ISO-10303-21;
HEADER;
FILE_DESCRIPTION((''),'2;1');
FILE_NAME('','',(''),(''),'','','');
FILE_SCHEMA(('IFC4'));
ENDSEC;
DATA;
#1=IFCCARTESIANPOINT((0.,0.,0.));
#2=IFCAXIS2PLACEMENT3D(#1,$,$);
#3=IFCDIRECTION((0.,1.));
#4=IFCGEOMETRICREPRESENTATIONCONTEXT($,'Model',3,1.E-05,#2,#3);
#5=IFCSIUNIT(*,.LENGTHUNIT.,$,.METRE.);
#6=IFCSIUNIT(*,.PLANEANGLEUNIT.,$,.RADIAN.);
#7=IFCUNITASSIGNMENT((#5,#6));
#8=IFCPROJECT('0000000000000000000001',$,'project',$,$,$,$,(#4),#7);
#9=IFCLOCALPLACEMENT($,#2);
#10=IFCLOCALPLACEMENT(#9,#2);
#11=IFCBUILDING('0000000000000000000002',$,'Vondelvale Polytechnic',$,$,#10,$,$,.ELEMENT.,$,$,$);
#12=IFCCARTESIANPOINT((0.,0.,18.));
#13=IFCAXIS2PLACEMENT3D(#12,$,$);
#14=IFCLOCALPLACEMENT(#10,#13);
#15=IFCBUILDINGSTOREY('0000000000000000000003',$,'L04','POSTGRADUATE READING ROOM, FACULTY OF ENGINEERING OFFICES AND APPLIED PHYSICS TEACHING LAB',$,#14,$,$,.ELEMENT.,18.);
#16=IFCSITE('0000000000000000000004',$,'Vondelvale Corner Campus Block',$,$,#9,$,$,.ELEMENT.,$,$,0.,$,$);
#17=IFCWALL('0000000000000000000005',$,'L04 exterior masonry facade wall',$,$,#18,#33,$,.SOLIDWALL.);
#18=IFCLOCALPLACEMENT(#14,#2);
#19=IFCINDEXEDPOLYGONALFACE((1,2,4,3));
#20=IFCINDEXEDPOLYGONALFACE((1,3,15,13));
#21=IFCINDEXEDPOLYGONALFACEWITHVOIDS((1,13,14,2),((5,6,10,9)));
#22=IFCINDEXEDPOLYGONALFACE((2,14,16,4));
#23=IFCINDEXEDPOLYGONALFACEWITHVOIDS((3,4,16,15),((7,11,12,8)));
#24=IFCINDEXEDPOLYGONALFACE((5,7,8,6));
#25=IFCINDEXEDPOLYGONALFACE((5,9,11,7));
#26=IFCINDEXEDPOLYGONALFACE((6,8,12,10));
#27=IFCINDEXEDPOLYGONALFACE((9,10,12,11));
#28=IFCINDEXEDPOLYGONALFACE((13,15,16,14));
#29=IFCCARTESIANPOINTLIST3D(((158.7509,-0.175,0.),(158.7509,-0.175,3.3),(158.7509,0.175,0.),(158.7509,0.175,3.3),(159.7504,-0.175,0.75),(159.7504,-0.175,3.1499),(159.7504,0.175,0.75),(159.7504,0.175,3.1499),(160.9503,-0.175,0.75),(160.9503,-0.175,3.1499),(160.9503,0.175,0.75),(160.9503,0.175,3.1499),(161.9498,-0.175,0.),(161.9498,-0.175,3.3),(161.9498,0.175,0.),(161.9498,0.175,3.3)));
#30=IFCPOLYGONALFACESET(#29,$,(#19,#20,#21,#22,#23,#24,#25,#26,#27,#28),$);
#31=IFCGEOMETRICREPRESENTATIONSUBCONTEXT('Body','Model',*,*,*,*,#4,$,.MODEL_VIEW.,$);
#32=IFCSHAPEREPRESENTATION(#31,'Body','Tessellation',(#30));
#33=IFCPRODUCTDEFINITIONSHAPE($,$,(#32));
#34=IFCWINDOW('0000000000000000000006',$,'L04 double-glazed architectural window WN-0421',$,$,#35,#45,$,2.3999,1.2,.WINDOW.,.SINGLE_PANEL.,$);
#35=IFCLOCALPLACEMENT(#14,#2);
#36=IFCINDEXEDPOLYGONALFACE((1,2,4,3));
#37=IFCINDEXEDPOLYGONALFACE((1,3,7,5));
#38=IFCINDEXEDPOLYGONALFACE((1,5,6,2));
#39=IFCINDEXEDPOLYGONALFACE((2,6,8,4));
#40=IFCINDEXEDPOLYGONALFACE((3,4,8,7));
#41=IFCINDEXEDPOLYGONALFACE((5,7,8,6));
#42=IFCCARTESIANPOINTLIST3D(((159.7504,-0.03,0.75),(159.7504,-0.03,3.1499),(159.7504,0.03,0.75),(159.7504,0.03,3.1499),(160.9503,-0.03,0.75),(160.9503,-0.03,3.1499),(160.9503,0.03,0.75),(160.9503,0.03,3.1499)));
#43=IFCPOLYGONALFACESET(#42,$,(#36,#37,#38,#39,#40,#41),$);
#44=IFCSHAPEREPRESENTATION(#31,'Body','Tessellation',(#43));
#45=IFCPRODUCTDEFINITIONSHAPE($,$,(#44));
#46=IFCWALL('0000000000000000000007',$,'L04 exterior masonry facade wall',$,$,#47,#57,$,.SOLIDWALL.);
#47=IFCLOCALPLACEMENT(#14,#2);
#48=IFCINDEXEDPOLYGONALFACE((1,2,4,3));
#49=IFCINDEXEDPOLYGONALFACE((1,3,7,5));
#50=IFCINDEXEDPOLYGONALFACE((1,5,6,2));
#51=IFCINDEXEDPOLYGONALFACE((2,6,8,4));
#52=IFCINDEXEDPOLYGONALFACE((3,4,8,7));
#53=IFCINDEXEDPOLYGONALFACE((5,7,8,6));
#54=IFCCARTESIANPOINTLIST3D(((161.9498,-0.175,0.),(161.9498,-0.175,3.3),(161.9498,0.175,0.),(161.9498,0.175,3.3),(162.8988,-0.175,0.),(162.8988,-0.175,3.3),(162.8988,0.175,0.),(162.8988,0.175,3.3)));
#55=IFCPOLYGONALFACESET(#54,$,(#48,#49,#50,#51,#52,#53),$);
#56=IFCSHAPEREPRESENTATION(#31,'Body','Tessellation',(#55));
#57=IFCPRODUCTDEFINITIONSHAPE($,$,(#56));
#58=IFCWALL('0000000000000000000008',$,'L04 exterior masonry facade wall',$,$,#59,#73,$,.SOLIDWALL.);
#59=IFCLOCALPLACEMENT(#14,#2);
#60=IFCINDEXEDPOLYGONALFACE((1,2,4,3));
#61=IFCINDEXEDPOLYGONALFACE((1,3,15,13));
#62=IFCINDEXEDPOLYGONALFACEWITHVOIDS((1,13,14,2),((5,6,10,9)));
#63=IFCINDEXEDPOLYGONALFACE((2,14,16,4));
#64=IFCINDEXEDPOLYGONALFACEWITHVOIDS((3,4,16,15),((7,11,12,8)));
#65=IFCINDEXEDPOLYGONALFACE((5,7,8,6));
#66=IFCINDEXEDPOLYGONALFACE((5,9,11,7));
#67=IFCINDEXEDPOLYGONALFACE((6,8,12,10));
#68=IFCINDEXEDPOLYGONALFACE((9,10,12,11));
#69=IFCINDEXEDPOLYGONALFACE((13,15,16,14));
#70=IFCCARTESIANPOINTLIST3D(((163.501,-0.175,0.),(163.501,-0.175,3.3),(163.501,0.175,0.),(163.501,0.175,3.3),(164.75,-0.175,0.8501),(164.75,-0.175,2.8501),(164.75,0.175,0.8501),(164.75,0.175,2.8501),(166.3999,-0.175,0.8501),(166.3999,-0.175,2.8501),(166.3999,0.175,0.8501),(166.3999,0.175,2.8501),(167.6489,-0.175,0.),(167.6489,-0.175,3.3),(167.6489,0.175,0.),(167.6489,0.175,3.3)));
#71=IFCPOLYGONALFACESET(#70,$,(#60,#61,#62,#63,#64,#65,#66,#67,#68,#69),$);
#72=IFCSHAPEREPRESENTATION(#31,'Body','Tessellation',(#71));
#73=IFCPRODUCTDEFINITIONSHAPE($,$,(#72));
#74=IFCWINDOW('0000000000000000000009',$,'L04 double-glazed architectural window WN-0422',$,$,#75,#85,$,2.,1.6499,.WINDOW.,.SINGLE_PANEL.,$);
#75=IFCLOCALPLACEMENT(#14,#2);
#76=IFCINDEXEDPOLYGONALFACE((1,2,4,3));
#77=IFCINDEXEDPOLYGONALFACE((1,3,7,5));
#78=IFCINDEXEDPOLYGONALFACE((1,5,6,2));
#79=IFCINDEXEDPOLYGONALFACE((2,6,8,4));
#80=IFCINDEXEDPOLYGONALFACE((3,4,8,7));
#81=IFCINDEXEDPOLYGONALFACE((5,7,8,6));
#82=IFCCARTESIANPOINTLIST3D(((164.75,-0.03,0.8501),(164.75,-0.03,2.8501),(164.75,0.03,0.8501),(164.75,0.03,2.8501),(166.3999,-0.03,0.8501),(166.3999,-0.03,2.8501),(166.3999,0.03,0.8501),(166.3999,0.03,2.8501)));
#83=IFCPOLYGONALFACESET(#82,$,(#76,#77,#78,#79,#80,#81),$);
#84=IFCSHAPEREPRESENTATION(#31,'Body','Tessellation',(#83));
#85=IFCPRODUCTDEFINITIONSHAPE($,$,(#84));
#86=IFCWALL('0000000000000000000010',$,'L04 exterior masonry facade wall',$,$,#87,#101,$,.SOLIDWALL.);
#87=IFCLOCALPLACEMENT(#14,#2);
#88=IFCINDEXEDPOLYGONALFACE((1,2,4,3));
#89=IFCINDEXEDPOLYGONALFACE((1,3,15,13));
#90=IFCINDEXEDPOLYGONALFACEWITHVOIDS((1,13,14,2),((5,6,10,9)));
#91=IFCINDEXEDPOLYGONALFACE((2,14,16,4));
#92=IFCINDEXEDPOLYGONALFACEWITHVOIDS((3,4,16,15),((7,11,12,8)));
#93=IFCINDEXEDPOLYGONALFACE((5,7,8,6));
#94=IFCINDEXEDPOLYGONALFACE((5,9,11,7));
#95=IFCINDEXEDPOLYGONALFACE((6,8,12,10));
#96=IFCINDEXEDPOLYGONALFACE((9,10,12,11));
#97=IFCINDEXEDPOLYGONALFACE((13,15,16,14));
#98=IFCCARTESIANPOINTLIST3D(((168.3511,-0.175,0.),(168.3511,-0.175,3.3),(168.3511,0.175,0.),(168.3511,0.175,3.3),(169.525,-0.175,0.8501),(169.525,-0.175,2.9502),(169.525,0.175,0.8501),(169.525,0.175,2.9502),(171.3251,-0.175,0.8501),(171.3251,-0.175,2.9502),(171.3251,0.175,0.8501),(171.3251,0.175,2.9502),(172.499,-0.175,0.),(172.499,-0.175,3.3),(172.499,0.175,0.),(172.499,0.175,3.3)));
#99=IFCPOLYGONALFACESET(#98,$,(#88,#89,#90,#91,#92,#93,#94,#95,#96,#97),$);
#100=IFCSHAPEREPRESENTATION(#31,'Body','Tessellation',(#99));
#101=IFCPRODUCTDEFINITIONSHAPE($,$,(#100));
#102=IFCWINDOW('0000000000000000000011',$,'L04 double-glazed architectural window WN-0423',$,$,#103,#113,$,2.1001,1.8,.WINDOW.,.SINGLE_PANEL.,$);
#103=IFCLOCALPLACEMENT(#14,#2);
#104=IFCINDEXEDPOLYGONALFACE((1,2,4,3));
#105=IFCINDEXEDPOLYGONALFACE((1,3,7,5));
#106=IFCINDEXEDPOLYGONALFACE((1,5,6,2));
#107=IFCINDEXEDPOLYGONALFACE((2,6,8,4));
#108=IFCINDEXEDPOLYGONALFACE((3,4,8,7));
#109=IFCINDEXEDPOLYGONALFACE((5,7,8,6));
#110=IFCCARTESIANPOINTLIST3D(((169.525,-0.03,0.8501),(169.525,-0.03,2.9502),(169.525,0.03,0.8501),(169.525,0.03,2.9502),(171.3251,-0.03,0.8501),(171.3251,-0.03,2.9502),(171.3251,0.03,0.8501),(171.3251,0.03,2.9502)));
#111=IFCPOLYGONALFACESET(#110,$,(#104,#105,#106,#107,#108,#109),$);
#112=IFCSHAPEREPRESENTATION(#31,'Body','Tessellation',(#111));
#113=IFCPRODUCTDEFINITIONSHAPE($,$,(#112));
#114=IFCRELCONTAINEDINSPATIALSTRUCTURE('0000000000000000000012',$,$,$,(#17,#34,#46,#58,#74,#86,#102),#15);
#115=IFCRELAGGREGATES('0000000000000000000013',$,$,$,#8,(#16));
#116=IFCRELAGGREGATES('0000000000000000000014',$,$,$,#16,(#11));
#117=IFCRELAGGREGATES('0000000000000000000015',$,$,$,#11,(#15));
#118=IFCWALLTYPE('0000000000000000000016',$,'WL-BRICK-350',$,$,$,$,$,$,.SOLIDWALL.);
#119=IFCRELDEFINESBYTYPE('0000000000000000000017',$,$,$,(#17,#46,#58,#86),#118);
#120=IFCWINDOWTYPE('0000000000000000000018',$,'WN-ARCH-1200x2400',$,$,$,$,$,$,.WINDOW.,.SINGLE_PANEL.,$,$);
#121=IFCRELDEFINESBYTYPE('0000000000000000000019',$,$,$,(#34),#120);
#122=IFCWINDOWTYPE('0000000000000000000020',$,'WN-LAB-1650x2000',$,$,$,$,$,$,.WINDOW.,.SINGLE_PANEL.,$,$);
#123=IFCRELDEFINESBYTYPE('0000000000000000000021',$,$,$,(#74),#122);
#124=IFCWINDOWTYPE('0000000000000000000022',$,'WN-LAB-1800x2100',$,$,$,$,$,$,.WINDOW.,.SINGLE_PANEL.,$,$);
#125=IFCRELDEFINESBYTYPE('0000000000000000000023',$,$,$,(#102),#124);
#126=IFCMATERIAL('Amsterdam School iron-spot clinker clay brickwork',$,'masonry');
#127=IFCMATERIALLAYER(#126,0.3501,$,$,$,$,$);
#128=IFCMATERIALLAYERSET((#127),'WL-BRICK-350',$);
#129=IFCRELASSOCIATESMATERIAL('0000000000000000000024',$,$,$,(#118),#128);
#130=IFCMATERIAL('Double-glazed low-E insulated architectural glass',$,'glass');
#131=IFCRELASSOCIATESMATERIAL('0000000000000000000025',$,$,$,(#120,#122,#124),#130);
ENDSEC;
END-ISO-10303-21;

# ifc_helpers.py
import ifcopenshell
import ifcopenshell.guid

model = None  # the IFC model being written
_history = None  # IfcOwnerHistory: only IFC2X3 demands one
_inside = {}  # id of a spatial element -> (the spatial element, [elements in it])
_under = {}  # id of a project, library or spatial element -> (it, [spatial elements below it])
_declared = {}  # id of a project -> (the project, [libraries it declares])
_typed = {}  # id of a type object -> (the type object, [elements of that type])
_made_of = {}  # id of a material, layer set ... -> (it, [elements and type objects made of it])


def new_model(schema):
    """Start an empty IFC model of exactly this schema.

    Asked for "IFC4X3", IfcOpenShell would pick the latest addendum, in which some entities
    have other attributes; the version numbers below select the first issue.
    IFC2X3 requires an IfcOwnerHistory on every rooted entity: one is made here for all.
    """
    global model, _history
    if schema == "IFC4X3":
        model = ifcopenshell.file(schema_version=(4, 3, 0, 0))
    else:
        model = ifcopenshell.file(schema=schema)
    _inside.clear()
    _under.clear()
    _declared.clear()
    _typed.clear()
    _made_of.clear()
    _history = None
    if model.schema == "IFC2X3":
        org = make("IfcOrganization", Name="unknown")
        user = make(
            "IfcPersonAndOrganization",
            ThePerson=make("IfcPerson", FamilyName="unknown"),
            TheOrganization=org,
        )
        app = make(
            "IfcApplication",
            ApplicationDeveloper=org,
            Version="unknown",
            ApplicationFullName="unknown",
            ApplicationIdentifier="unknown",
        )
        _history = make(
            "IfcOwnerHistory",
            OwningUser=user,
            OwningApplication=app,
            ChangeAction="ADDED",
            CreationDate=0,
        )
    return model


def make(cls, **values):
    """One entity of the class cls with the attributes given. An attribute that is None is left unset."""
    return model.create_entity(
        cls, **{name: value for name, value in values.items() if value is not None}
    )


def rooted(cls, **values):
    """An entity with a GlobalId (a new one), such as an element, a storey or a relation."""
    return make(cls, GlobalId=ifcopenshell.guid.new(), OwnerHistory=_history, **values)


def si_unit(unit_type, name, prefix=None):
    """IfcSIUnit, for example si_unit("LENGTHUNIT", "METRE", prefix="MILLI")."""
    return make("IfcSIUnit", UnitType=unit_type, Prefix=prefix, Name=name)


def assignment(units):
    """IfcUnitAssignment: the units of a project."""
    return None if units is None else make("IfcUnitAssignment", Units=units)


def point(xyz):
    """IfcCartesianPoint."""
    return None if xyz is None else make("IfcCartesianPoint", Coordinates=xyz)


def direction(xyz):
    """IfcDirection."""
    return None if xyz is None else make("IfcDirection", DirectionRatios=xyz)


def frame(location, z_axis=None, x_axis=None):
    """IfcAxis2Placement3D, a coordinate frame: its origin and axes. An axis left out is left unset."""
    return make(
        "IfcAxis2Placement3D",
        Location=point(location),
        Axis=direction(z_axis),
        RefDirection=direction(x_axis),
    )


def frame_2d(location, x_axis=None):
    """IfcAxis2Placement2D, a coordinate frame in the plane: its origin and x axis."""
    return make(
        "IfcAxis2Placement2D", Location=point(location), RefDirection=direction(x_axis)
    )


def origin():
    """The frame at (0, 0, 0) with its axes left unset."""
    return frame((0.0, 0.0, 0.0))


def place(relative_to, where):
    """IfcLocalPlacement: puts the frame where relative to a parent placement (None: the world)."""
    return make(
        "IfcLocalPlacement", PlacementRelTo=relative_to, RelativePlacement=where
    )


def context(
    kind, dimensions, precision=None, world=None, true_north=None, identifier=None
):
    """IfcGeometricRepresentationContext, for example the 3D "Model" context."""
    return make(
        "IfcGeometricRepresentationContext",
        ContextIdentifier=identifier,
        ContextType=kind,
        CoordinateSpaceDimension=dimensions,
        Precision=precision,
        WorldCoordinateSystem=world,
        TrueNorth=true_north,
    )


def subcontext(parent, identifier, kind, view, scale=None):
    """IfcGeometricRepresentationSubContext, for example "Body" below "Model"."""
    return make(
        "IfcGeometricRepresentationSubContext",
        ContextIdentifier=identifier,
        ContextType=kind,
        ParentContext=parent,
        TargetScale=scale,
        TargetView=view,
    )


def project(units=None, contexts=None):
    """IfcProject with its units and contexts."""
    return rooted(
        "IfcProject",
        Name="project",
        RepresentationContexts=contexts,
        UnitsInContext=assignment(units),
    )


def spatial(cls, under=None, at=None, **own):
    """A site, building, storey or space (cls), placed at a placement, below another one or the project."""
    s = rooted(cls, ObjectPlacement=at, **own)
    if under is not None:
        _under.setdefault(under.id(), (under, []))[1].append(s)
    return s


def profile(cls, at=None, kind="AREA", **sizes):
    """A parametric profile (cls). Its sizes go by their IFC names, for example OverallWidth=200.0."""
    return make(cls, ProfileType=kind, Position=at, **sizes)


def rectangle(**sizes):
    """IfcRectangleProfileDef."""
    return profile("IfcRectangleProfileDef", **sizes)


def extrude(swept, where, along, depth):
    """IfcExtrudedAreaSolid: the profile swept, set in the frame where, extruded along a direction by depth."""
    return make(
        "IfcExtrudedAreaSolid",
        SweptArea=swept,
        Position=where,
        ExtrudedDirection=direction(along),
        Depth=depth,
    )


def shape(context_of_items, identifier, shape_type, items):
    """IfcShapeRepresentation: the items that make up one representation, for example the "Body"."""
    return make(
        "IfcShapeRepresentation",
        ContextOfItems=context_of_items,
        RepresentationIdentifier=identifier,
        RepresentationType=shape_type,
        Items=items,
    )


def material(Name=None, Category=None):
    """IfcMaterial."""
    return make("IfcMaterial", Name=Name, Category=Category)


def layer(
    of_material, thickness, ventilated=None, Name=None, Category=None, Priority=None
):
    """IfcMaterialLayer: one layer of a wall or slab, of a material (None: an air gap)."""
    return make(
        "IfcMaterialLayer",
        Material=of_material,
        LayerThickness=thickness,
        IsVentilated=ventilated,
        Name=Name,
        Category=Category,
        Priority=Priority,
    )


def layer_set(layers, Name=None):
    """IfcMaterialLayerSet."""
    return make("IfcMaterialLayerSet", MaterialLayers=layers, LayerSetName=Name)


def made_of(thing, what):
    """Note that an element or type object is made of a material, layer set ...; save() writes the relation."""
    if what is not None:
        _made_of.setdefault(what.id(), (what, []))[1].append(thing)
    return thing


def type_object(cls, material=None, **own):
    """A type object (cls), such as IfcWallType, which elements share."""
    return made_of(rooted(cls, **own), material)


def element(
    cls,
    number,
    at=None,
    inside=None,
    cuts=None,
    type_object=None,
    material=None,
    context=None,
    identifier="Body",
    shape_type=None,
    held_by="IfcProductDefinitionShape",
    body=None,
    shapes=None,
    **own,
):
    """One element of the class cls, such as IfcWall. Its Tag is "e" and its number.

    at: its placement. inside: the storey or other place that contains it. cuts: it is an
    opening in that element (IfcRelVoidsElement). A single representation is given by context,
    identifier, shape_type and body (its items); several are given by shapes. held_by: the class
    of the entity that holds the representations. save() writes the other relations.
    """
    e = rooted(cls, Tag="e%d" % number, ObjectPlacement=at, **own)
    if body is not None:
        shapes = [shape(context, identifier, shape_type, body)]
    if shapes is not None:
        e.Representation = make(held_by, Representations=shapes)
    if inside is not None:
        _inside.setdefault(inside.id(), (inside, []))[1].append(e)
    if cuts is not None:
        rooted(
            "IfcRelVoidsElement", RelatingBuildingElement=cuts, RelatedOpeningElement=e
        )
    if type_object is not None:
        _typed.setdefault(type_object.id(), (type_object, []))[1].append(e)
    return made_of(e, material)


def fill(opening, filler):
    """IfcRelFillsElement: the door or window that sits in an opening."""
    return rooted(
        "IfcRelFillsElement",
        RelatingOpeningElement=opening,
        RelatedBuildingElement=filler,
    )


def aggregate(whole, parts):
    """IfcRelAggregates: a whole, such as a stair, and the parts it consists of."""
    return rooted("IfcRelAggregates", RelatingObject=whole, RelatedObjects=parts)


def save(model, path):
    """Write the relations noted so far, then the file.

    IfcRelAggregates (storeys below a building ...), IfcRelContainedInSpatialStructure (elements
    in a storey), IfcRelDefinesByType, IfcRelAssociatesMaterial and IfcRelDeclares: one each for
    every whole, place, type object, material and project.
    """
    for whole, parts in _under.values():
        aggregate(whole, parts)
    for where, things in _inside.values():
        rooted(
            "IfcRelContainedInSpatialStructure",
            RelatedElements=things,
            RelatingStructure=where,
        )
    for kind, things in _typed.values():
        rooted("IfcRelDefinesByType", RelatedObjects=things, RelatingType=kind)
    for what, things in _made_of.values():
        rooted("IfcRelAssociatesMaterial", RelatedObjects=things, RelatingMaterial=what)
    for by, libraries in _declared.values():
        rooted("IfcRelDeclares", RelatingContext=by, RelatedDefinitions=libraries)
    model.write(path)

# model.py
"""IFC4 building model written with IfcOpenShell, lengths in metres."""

from ifc_helpers import new_model, si_unit, direction, frame, frame_2d, origin, place, context, subcontext, project, spatial, rectangle, extrude, material, layer, layer_set, type_object, element, fill, save


model = new_model("IFC4")

# Units and contexts
model_context = context("Model", 3, precision=1e-05, world=origin(), true_north=direction((0.0, 1.0)))
body_context = subcontext(model_context, "Body", "Model", "MODEL_VIEW")
ifc_project = project(units=[si_unit("LENGTHUNIT", "METRE"), si_unit("PLANEANGLEUNIT", "RADIAN")], contexts=[model_context])

# Site, building, storey
site_placement = place(None, origin())
site = spatial("IfcSite", under=ifc_project, at=site_placement, Name="Vondelvale Corner Campus Block", CompositionType="ELEMENT", RefElevation=0.0)
building_placement = place(site_placement, origin())
building = spatial("IfcBuilding", under=site, at=building_placement, Name="Vondelvale Polytechnic", CompositionType="ELEMENT")
storey_placement = place(building_placement, frame((0.0, 0.0, 18.0)))
storey = spatial("IfcBuildingStorey", under=building, at=storey_placement, Name="L04", Description="POSTGRADUATE READING ROOM, FACULTY OF ENGINEERING OFFICES AND APPLIED PHYSICS TEACHING LAB", CompositionType="ELEMENT", Elevation=18.0)

# Wall, opening, window
ifc_material_1 = material(Name="Amsterdam School iron-spot clinker clay brickwork", Category="masonry")
ifc_layer_1 = layer(ifc_material_1, 0.3501)
ifc_layer_set_1 = layer_set([ifc_layer_1], Name="WL-BRICK-350")
wall_type_1 = type_object("IfcWallType", Name="WL-BRICK-350", PredefinedType="SOLIDWALL", material=ifc_layer_set_1)
wall_1_placement = place(storey_placement, frame((161.95, 0.0, 0.0), z_axis=(0.0, 0.0, 1.0), x_axis=(-1.0, 0.0, 0.0)))
wall_1 = element("IfcWall", 1, at=wall_1_placement, inside=storey, type_object=wall_type_1, Name="L04 exterior masonry facade wall", PredefinedType="SOLIDWALL", context=body_context, shape_type="SweptSolid", body=[
    extrude(rectangle(XDim=3.199, YDim=0.3501, at=frame_2d((1.5996, 0.0))), origin(), (0.0, 0.0, 1.0), 3.3),
])
opening_1_placement = place(wall_1_placement, frame((0.9995, 0.0, 0.75)))
opening_1 = element("IfcOpeningElement", 2, at=opening_1_placement, cuts=wall_1, PredefinedType="OPENING", context=body_context, shape_type="SweptSolid", body=[
    extrude(rectangle(XDim=1.2, YDim=2.3999, at=frame_2d((0.6001, 1.2))), frame((0.0, 0.1851, 0.0), z_axis=(0.0, -1.0, 0.0), x_axis=(1.0, 0.0, 0.0)), (0.0, 0.0, 1.0), 0.3701),
])
ifc_material_2 = material(Name="Double-glazed low-E insulated architectural glass", Category="glass")
window_type_1 = type_object("IfcWindowType", Name="WN-ARCH-1200x2400", PartitioningType="SINGLE_PANEL", PredefinedType="WINDOW", material=ifc_material_2)
window_1_placement = place(opening_1_placement, origin())
window_1 = element("IfcWindow", 3, at=window_1_placement, inside=storey, type_object=window_type_1, Name="L04 double-glazed architectural window WN-0421", OverallHeight=2.3999, OverallWidth=1.2, PartitioningType="SINGLE_PANEL", PredefinedType="WINDOW", context=body_context, shape_type="SweptSolid", body=[
    extrude(rectangle(XDim=1.2, YDim=2.3999, at=frame_2d((0.6001, 1.2))), frame((0.0, 0.03, 0.0), z_axis=(0.0, -1.0, 0.0), x_axis=(1.0, 0.0, 0.0)), (0.0, 0.0, 1.0), 0.0601),
])
fill(opening_1, window_1)

# Wall
wall_2_placement = place(storey_placement, frame((162.8989, 0.0, 0.0), z_axis=(0.0, 0.0, 1.0), x_axis=(-1.0, 0.0, 0.0)))
element("IfcWall", 4, at=wall_2_placement, inside=storey, type_object=wall_type_1, Name="L04 exterior masonry facade wall", PredefinedType="SOLIDWALL", context=body_context, shape_type="SweptSolid", body=[
    extrude(rectangle(XDim=0.949, YDim=0.3501, at=frame_2d((0.4746, 0.0))), origin(), (0.0, 0.0, 1.0), 3.3),
])

# Walls, openings, windows
wall_3_placement = place(storey_placement, frame((167.6489, 0.0, 0.0), z_axis=(0.0, 0.0, 1.0), x_axis=(-1.0, 0.0, 0.0)))
wall_3 = element("IfcWall", 5, at=wall_3_placement, inside=storey, type_object=wall_type_1, Name="L04 exterior masonry facade wall", PredefinedType="SOLIDWALL", context=body_context, shape_type="SweptSolid", body=[
    extrude(rectangle(XDim=4.1479, YDim=0.3501, at=frame_2d((2.074, 0.0))), origin(), (0.0, 0.0, 1.0), 3.3),
])
opening_2_placement = place(wall_3_placement, frame((1.249, 0.0, 0.8501)))
opening_2 = element("IfcOpeningElement", 6, at=opening_2_placement, cuts=wall_3, PredefinedType="OPENING", context=body_context, shape_type="SweptSolid", body=[
    extrude(rectangle(XDim=1.6499, YDim=2.0, at=frame_2d((0.825, 1.0))), frame((0.0, 0.1851, 0.0), z_axis=(0.0, -1.0, 0.0), x_axis=(1.0, 0.0, 0.0)), (0.0, 0.0, 1.0), 0.3701),
])
window_type_2 = type_object("IfcWindowType", Name="WN-LAB-1650x2000", PartitioningType="SINGLE_PANEL", PredefinedType="WINDOW", material=ifc_material_2)
window_2_placement = place(opening_2_placement, origin())
window_2 = element("IfcWindow", 7, at=window_2_placement, inside=storey, type_object=window_type_2, Name="L04 double-glazed architectural window WN-0422", OverallHeight=2.0, OverallWidth=1.6499, PartitioningType="SINGLE_PANEL", PredefinedType="WINDOW", context=body_context, shape_type="SweptSolid", body=[
    extrude(rectangle(XDim=1.6499, YDim=2.0, at=frame_2d((0.825, 1.0))), frame((0.0, 0.03, 0.0), z_axis=(0.0, -1.0, 0.0), x_axis=(1.0, 0.0, 0.0)), (0.0, 0.0, 1.0), 0.0601),
])
fill(opening_2, window_2)
wall_4_placement = place(storey_placement, frame((172.499, 0.0, 0.0), z_axis=(0.0, 0.0, 1.0), x_axis=(-1.0, 0.0, 0.0)))
wall_4 = element("IfcWall", 8, at=wall_4_placement, inside=storey, type_object=wall_type_1, Name="L04 exterior masonry facade wall", PredefinedType="SOLIDWALL", context=body_context, shape_type="SweptSolid", body=[
    extrude(rectangle(XDim=4.1479, YDim=0.3501, at=frame_2d((2.074, 0.0))), origin(), (0.0, 0.0, 1.0), 3.3),
])
opening_3_placement = place(wall_4_placement, frame((1.1741, 0.0, 0.8501)))
opening_3 = element("IfcOpeningElement", 9, at=opening_3_placement, cuts=wall_4, PredefinedType="OPENING", context=body_context, shape_type="SweptSolid", body=[
    extrude(rectangle(XDim=1.8, YDim=2.1001, at=frame_2d((0.8999, 1.05))), frame((0.0, 0.1851, 0.0), z_axis=(0.0, -1.0, 0.0), x_axis=(1.0, 0.0, 0.0)), (0.0, 0.0, 1.0), 0.3701),
])
window_type_3 = type_object("IfcWindowType", Name="WN-LAB-1800x2100", PartitioningType="SINGLE_PANEL", PredefinedType="WINDOW", material=ifc_material_2)
window_3_placement = place(opening_3_placement, origin())
window_3 = element("IfcWindow", 10, at=window_3_placement, inside=storey, type_object=window_type_3, Name="L04 double-glazed architectural window WN-0423", OverallHeight=2.1001, OverallWidth=1.8, PartitioningType="SINGLE_PANEL", PredefinedType="WINDOW", context=body_context, shape_type="SweptSolid", body=[
    extrude(rectangle(XDim=1.8, YDim=2.1001, at=frame_2d((0.8999, 1.05))), frame((0.0, 0.03, 0.0), z_axis=(0.0, -1.0, 0.0), x_axis=(1.0, 0.0, 0.0)), (0.0, 0.0, 1.0), 0.0601),
])
fill(opening_3, window_3)

save(model, "model.ifc")
